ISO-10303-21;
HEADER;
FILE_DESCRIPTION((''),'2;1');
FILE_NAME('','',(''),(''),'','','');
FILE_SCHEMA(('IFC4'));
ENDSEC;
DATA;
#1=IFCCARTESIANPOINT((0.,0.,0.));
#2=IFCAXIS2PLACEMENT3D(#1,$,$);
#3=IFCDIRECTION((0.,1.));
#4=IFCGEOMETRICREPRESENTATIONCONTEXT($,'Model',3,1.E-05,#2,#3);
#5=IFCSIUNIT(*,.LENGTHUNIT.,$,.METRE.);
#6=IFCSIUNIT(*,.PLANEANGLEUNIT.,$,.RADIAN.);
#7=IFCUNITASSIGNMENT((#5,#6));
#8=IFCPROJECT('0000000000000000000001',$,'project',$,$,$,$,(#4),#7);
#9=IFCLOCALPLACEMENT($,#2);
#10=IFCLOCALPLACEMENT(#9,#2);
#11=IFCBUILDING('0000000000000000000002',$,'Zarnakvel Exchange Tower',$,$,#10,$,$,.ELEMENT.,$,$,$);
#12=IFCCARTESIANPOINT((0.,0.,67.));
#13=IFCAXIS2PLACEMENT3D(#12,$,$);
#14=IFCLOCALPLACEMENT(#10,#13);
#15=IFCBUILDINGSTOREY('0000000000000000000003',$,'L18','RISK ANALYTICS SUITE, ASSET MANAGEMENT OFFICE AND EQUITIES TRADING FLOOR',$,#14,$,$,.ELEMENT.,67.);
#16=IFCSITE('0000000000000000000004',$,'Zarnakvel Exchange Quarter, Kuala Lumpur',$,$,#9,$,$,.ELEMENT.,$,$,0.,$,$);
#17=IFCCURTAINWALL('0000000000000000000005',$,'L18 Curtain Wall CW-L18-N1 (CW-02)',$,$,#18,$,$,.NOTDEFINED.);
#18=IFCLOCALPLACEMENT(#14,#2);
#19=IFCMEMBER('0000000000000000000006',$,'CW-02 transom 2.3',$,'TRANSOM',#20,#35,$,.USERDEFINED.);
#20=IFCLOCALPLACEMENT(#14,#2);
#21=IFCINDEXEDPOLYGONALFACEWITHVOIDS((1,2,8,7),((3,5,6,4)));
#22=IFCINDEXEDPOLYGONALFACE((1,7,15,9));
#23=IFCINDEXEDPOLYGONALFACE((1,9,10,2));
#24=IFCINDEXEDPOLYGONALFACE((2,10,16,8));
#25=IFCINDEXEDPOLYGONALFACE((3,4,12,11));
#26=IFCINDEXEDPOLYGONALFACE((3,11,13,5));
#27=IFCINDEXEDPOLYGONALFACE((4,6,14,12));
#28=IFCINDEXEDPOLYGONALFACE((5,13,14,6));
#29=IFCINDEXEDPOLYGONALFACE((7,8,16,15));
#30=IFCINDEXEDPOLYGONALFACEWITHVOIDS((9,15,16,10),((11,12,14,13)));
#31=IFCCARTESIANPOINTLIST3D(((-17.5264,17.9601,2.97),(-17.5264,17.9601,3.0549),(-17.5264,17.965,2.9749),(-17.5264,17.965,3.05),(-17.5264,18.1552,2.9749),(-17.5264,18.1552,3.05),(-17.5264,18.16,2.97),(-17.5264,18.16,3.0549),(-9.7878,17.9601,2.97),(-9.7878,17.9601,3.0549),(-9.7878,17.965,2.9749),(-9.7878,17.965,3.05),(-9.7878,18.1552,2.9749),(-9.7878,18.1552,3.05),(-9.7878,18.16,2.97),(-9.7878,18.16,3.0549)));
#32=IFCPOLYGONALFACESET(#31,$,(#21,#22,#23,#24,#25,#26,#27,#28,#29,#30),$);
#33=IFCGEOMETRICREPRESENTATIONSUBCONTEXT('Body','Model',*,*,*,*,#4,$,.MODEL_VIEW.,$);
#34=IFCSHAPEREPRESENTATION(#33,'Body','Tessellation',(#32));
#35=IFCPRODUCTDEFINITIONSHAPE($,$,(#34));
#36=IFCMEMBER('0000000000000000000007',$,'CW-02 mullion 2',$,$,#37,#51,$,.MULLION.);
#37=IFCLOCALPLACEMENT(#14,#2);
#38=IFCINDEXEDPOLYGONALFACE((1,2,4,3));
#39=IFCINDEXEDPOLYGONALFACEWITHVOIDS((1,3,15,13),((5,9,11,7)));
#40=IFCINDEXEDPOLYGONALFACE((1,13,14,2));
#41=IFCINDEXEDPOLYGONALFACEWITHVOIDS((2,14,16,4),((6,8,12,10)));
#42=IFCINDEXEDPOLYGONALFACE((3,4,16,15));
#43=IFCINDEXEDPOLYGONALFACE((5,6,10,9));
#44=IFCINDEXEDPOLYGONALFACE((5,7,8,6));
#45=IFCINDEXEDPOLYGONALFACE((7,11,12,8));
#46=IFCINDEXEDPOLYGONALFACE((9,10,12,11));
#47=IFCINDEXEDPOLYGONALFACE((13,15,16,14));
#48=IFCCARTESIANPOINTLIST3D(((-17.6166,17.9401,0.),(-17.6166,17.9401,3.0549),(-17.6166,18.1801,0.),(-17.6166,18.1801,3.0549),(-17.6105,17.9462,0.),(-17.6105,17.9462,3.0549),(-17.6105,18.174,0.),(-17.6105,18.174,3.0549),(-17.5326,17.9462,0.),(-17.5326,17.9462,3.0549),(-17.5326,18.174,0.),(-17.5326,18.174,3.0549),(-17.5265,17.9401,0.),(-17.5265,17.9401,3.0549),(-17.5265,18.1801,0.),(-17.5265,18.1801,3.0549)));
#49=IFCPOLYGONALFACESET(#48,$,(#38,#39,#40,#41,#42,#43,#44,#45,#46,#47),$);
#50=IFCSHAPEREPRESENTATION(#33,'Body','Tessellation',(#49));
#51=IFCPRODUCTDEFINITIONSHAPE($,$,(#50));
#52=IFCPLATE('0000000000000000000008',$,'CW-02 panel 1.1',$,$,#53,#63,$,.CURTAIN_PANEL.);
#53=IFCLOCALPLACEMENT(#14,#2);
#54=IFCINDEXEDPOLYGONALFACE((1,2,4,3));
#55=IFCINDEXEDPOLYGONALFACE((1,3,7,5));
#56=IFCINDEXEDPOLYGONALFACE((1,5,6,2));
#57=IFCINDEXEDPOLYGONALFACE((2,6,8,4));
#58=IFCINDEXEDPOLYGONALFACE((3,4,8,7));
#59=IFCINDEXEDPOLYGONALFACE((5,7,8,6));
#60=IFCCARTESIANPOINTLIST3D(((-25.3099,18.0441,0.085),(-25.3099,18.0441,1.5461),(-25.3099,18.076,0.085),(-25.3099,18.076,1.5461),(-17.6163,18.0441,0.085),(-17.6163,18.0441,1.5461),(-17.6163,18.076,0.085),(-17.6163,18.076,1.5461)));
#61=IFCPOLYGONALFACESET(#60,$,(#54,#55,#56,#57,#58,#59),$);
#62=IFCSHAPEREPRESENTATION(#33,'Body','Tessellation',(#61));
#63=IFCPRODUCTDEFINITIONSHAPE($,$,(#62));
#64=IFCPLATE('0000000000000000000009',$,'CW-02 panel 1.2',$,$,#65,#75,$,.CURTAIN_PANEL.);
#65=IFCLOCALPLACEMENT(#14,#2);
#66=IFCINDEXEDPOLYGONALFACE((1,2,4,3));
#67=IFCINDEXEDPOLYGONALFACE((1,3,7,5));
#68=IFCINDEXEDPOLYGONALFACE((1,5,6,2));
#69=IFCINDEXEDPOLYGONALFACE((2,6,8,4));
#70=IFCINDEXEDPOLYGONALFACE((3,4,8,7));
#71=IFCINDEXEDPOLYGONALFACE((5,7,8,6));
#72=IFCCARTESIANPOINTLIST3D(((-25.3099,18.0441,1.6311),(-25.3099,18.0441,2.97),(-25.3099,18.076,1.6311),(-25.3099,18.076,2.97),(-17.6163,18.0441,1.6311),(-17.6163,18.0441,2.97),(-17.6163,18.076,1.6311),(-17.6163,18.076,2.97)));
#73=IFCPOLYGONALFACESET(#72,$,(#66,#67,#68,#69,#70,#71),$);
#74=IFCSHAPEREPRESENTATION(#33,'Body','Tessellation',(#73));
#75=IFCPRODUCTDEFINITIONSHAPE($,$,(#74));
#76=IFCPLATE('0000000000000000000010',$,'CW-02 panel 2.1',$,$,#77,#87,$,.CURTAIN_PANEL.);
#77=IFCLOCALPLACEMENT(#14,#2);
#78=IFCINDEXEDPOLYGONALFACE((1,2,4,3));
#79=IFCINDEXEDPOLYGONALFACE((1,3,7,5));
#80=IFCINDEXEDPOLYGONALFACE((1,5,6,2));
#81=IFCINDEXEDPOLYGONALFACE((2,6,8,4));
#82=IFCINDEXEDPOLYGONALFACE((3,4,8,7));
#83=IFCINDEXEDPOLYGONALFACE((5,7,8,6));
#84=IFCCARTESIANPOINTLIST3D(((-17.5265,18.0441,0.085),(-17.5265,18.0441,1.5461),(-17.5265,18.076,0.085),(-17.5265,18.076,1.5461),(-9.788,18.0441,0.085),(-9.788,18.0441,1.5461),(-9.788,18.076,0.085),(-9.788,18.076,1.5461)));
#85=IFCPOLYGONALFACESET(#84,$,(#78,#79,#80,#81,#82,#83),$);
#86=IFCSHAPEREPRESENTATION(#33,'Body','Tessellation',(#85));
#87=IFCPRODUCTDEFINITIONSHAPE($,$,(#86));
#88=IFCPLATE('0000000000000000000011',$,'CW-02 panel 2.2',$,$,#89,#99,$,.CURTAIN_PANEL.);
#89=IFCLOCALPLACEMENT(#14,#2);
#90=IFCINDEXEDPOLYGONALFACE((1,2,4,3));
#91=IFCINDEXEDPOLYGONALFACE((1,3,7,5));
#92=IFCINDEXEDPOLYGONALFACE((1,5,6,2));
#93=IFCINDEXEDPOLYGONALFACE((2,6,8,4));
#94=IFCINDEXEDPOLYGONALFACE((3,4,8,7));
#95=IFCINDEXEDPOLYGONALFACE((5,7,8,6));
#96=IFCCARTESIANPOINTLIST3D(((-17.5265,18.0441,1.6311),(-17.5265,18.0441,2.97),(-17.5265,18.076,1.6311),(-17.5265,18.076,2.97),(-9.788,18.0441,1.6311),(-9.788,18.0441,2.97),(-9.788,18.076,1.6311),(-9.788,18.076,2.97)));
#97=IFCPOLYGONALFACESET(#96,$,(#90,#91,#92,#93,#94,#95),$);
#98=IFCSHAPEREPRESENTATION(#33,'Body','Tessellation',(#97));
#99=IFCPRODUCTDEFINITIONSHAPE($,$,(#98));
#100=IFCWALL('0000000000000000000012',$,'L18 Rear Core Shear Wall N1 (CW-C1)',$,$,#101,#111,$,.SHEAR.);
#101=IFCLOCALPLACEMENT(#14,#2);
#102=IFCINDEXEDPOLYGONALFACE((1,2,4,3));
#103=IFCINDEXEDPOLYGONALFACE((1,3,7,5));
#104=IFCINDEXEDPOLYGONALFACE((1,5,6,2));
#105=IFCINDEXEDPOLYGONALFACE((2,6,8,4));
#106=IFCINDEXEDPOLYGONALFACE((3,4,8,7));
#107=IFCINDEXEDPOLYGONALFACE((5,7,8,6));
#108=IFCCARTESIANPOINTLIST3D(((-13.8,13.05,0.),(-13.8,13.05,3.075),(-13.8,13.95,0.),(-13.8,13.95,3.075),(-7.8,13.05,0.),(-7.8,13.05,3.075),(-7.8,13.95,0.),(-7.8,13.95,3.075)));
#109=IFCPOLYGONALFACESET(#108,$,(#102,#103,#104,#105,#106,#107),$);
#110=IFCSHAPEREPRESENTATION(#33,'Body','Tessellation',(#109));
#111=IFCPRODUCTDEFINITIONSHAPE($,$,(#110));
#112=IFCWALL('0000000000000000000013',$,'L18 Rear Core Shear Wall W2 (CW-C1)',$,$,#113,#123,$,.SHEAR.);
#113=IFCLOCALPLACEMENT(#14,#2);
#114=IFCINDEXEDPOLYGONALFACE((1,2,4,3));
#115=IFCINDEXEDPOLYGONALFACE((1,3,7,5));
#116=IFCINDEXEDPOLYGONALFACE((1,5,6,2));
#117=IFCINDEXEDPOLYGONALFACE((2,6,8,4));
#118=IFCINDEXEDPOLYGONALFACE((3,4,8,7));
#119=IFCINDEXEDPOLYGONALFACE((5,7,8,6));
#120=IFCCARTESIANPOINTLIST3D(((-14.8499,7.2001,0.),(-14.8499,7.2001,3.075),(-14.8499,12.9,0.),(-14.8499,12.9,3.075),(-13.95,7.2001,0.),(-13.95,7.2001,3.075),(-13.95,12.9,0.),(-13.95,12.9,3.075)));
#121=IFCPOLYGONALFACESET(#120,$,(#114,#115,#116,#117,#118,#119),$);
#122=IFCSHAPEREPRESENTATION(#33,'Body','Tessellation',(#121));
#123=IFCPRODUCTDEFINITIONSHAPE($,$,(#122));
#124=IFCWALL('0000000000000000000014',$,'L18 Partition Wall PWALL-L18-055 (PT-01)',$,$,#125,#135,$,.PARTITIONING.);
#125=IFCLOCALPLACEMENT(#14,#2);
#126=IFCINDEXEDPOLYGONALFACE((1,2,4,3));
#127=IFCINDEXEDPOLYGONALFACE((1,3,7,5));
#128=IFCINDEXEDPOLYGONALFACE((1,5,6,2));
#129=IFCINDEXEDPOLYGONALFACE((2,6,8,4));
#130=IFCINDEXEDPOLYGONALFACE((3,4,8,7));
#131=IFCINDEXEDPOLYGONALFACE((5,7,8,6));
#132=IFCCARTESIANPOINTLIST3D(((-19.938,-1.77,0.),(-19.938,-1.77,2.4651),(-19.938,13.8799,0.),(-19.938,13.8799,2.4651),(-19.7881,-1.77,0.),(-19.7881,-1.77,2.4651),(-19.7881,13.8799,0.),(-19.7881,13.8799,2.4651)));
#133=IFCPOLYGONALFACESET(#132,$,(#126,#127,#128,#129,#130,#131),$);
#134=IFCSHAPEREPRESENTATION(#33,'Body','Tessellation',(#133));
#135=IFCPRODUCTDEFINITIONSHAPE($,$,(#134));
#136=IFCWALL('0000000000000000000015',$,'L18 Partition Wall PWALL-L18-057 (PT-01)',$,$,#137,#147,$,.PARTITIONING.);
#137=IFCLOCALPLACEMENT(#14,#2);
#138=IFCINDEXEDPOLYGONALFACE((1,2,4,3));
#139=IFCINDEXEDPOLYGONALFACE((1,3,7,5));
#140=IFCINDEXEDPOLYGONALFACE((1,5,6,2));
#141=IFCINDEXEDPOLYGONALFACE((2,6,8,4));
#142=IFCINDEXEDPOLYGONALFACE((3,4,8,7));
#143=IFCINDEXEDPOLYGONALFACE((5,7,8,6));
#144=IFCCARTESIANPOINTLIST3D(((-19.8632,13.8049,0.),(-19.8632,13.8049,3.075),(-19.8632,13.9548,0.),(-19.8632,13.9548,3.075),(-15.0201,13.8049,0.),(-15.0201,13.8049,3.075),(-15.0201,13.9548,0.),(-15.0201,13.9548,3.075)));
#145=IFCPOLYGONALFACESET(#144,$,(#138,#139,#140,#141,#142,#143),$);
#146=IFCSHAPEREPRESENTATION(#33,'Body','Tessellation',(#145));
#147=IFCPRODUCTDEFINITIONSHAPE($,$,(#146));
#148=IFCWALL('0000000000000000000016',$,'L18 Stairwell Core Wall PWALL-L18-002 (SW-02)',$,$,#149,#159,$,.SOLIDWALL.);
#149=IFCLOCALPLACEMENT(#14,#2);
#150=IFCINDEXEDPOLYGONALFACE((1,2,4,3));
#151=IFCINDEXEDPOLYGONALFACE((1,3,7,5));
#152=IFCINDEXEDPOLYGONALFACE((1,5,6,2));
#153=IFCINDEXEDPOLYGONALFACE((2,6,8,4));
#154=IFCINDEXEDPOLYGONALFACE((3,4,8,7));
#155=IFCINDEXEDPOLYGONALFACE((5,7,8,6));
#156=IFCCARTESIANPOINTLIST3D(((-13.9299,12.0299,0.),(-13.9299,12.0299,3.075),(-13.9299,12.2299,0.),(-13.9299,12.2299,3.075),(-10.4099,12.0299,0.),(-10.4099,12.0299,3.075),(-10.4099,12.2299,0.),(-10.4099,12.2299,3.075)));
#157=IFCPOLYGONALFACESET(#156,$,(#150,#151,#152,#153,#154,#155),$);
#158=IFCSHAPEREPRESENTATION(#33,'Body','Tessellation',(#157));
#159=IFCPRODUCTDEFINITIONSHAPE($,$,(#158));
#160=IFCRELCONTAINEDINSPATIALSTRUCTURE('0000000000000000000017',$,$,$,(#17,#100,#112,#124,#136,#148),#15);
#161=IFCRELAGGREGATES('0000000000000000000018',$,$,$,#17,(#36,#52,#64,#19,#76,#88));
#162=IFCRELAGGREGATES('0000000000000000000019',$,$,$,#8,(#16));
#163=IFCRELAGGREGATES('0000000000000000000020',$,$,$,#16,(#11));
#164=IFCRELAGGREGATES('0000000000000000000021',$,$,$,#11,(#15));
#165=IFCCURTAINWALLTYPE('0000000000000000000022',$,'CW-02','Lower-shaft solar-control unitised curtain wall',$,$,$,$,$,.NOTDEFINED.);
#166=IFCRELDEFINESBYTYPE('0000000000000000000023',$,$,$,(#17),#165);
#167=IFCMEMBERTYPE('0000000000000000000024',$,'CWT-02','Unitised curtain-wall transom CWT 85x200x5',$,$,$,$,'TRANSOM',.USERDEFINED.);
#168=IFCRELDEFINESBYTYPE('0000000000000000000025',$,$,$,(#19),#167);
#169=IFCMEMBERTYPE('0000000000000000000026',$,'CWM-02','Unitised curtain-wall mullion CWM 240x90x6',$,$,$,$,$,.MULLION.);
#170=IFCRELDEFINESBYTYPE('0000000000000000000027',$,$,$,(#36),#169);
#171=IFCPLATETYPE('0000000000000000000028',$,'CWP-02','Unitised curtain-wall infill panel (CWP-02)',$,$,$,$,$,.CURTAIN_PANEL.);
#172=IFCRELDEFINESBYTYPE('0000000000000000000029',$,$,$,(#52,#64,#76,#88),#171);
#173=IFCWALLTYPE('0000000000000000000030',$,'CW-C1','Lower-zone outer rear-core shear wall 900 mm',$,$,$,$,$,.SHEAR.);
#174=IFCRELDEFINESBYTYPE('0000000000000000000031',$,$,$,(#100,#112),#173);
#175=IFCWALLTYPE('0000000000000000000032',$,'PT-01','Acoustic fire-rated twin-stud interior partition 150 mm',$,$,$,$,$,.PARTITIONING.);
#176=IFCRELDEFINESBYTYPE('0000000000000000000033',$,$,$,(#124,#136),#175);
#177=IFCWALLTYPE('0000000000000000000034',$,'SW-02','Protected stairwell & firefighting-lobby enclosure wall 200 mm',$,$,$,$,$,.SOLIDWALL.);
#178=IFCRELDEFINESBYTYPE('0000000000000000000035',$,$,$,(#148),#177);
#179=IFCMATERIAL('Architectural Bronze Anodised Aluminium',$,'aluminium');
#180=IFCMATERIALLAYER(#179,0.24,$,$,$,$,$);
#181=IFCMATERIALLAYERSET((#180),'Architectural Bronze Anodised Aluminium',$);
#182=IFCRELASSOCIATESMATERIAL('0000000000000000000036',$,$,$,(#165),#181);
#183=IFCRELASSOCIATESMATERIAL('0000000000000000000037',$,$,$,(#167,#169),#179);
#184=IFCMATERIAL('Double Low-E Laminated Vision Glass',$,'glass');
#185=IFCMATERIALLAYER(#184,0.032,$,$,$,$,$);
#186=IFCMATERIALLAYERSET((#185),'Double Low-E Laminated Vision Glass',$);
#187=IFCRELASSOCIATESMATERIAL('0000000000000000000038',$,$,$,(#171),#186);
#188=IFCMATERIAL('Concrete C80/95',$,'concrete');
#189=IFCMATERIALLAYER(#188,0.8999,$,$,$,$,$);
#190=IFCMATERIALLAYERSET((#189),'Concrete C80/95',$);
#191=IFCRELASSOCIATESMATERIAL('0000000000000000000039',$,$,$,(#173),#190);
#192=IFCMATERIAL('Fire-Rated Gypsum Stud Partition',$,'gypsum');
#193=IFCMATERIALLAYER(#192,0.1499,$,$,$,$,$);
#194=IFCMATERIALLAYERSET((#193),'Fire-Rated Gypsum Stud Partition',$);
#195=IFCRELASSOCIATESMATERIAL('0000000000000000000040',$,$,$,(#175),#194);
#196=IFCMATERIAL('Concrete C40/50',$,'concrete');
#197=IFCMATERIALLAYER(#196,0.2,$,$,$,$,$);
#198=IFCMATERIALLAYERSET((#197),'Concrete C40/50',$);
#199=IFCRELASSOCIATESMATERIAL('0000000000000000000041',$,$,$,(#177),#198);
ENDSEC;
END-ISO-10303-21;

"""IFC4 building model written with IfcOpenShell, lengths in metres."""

from ifc_helpers import new_model, si_unit, direction, frame, frame_2d, origin, origin_2d, place, context, subcontext, project, spatial, rectangle, hollow_rectangle, extrude, source, transform, mapped, material, layer, layer_set, material_profile, profile_set, type_object, element, aggregate, save


model = new_model("IFC4")

# Units and contexts
model_context = context("Model", 3, precision=1e-05, world=origin(), true_north=direction((0.0, 1.0)))
body_context = subcontext(model_context, "Body", "Model", "MODEL_VIEW")
ifc_project = project(units=[si_unit("LENGTHUNIT", "METRE"), si_unit("PLANEANGLEUNIT", "RADIAN")], contexts=[model_context])

# Site, building, storey
site_placement = place(None, origin())
site = spatial("IfcSite", under=ifc_project, at=site_placement, Name="Zarnakvel Exchange Quarter, Kuala Lumpur", CompositionType="ELEMENT", RefElevation=0.0)
building_placement = place(site_placement, origin())
building = spatial("IfcBuilding", under=site, at=building_placement, Name="Zarnakvel Exchange Tower", CompositionType="ELEMENT")
storey_placement = place(building_placement, frame((0.0, 0.0, 67.0)))
storey = spatial("IfcBuildingStorey", under=building, at=storey_placement, Name="L18", Description="RISK ANALYTICS SUITE, ASSET MANAGEMENT OFFICE AND EQUITIES TRADING FLOOR", CompositionType="ELEMENT", Elevation=67.0)

# Shared definitions
ifc_material_1 = material(Name="Concrete C80/95", Category="concrete")

# Curtain wall, members, plates
ifc_material_2 = material(Name="Architectural Bronze Anodised Aluminium", Category="aluminium")
ifc_layer_1 = layer(ifc_material_2, 0.24)
ifc_layer_set_1 = layer_set([ifc_layer_1], Name="Architectural Bronze Anodised Aluminium")
curtain_wall_type = type_object("IfcCurtainWallType", Name="CW-02", Description="Lower-shaft solar-control unitised curtain wall", PredefinedType="NOTDEFINED", material=ifc_layer_set_1)
curtain_wall_placement = place(storey_placement, origin())
curtain_wall = element("IfcCurtainWall", 1, at=curtain_wall_placement, inside=storey, type_object=curtain_wall_type, Name="L18 Curtain Wall CW-L18-N1 (CW-02)", PredefinedType="NOTDEFINED")
ifc_material_profile_1 = material_profile(ifc_material_2, hollow_rectangle(XDim=0.2, YDim=0.085, WallThickness=0.0049, at=origin_2d()))
ifc_profile_set_1 = profile_set([ifc_material_profile_1], Name="Architectural Bronze Anodised Aluminium")
member_type_1 = type_object("IfcMemberType", Name="CWT-02", Description="Unitised curtain-wall transom CWT 85x200x5", ElementType="TRANSOM", PredefinedType="USERDEFINED", material=ifc_profile_set_1)
shared_shape_1 = source(origin(), body_context, "Body", "SweptSolid", [
    extrude(hollow_rectangle(XDim=0.2, YDim=0.085, WallThickness=0.0049, at=origin_2d()), origin(), (0.0, 0.0, 1.0), 7.7385),
])
member_1_placement = place(storey_placement, frame((-17.5264, 18.0601, 3.0125), z_axis=(1.0, 0.0, 0.0), x_axis=(0.0, 1.0, 0.0)))
member_1 = element("IfcMember", 2, at=member_1_placement, type_object=member_type_1, Name="CW-02 transom 2.3", ObjectType="TRANSOM", PredefinedType="USERDEFINED", context=body_context, shape_type="MappedRepresentation", body=[
    mapped(shared_shape_1, transform((0.0, 0.0, 0.0), x_axis=(1.0, 0.0, 0.0), y_axis=(0.0, 1.0, 0.0), z_axis=(0.0, 0.0, 1.0), scale=1.0)),
])
ifc_material_profile_2 = material_profile(ifc_material_2, hollow_rectangle(XDim=0.24, YDim=0.0901, WallThickness=0.0061, at=origin_2d()))
ifc_profile_set_2 = profile_set([ifc_material_profile_2], Name="Architectural Bronze Anodised Aluminium")
member_type_2 = type_object("IfcMemberType", Name="CWM-02", Description="Unitised curtain-wall mullion CWM 240x90x6", PredefinedType="MULLION", material=ifc_profile_set_2)
shared_shape_2 = source(origin(), body_context, "Body", "SweptSolid", [
    extrude(hollow_rectangle(XDim=0.24, YDim=0.0901, WallThickness=0.0061, at=origin_2d()), origin(), (0.0, 0.0, 1.0), 3.0549),
])
member_2_placement = place(storey_placement, frame((-17.5715, 18.0601, 0.0), z_axis=(0.0, 0.0, 1.0), x_axis=(0.0, 1.0, 0.0)))
member_2 = element("IfcMember", 3, at=member_2_placement, type_object=member_type_2, Name="CW-02 mullion 2", PredefinedType="MULLION", context=body_context, shape_type="MappedRepresentation", body=[
    mapped(shared_shape_2, transform((0.0, 0.0, 0.0), x_axis=(1.0, 0.0, 0.0), y_axis=(0.0, 1.0, 0.0), z_axis=(0.0, 0.0, 1.0), scale=1.0)),
])
ifc_material_3 = material(Name="Double Low-E Laminated Vision Glass", Category="glass")
ifc_layer_2 = layer(ifc_material_3, 0.032)
ifc_layer_set_2 = layer_set([ifc_layer_2], Name="Double Low-E Laminated Vision Glass")
plate_type = type_object("IfcPlateType", Name="CWP-02", Description="Unitised curtain-wall infill panel (CWP-02)", PredefinedType="CURTAIN_PANEL", material=ifc_layer_set_2)
shared_shape_3 = source(origin(), body_context, "Body", "SweptSolid", [
    extrude(rectangle(XDim=7.6936, YDim=0.032, at=origin_2d()), origin(), (0.0, 0.0, 1.0), 1.4612),
])
plate_1_placement = place(storey_placement, frame((-21.4631, 18.0601, 0.085), z_axis=(0.0, 0.0, 1.0), x_axis=(1.0, 0.0, 0.0)))
plate_1 = element("IfcPlate", 4, at=plate_1_placement, type_object=plate_type, Name="CW-02 panel 1.1", PredefinedType="CURTAIN_PANEL", context=body_context, shape_type="MappedRepresentation", body=[
    mapped(shared_shape_3, transform((0.0, 0.0, 0.0), x_axis=(1.0, 0.0, 0.0), y_axis=(0.0, 1.0, 0.0), z_axis=(0.0, 0.0, 1.0), scale=1.0)),
])
shared_shape_4 = source(origin(), body_context, "Body", "SweptSolid", [
    extrude(rectangle(XDim=7.6936, YDim=0.032, at=origin_2d()), origin(), (0.0, 0.0, 1.0), 1.3389),
])
plate_2_placement = place(storey_placement, frame((-21.4631, 18.0601, 1.6311), z_axis=(0.0, 0.0, 1.0), x_axis=(1.0, 0.0, 0.0)))
plate_2 = element("IfcPlate", 5, at=plate_2_placement, type_object=plate_type, Name="CW-02 panel 1.2", PredefinedType="CURTAIN_PANEL", context=body_context, shape_type="MappedRepresentation", body=[
    mapped(shared_shape_4, transform((0.0, 0.0, 0.0), x_axis=(1.0, 0.0, 0.0), y_axis=(0.0, 1.0, 0.0), z_axis=(0.0, 0.0, 1.0), scale=1.0)),
])
shared_shape_5 = source(origin(), body_context, "Body", "SweptSolid", [
    extrude(rectangle(XDim=7.7385, YDim=0.032, at=origin_2d()), origin(), (0.0, 0.0, 1.0), 1.4612),
])
plate_3_placement = place(storey_placement, frame((-13.6572, 18.0601, 0.085), z_axis=(0.0, 0.0, 1.0), x_axis=(1.0, 0.0, 0.0)))
plate_3 = element("IfcPlate", 6, at=plate_3_placement, type_object=plate_type, Name="CW-02 panel 2.1", PredefinedType="CURTAIN_PANEL", context=body_context, shape_type="MappedRepresentation", body=[
    mapped(shared_shape_5, transform((0.0, 0.0, 0.0), x_axis=(1.0, 0.0, 0.0), y_axis=(0.0, 1.0, 0.0), z_axis=(0.0, 0.0, 1.0), scale=1.0)),
])
shared_shape_6 = source(origin(), body_context, "Body", "SweptSolid", [
    extrude(rectangle(XDim=7.7385, YDim=0.032, at=origin_2d()), origin(), (0.0, 0.0, 1.0), 1.3389),
])
plate_4_placement = place(storey_placement, frame((-13.6572, 18.0601, 1.6311), z_axis=(0.0, 0.0, 1.0), x_axis=(1.0, 0.0, 0.0)))
plate_4 = element("IfcPlate", 7, at=plate_4_placement, type_object=plate_type, Name="CW-02 panel 2.2", PredefinedType="CURTAIN_PANEL", context=body_context, shape_type="MappedRepresentation", body=[
    mapped(shared_shape_6, transform((0.0, 0.0, 0.0), x_axis=(1.0, 0.0, 0.0), y_axis=(0.0, 1.0, 0.0), z_axis=(0.0, 0.0, 1.0), scale=1.0)),
])
aggregate(curtain_wall, [member_2, plate_1, plate_2, member_1, plate_3, plate_4])

# Walls
ifc_layer_3 = layer(ifc_material_1, 0.8999)
ifc_layer_set_3 = layer_set([ifc_layer_3], Name="Concrete C80/95")
wall_type_1 = type_object("IfcWallType", Name="CW-C1", Description="Lower-zone outer rear-core shear wall 900 mm", PredefinedType="SHEAR", material=ifc_layer_set_3)
wall_1_placement = place(storey_placement, frame((-13.8, 13.5, 0.0), z_axis=(0.0, 0.0, 1.0), x_axis=(1.0, 0.0, 0.0)))
element("IfcWall", 8, at=wall_1_placement, inside=storey, type_object=wall_type_1, Name="L18 Rear Core Shear Wall N1 (CW-C1)", PredefinedType="SHEAR", context=body_context, shape_type="SweptSolid", body=[
    extrude(rectangle(XDim=6.0, YDim=0.8999, at=frame_2d((3.0, 0.0))), origin(), (0.0, 0.0, 1.0), 3.075),
])
wall_2_placement = place(storey_placement, frame((-14.3999, 7.2, 0.0), z_axis=(0.0, 0.0, 1.0), x_axis=(0.0, 1.0, 0.0)))
element("IfcWall", 9, at=wall_2_placement, inside=storey, type_object=wall_type_1, Name="L18 Rear Core Shear Wall W2 (CW-C1)", PredefinedType="SHEAR", context=body_context, shape_type="SweptSolid", body=[
    extrude(rectangle(XDim=5.7, YDim=0.8999, at=frame_2d((2.8501, 0.0))), origin(), (0.0, 0.0, 1.0), 3.075),
])
ifc_material_4 = material(Name="Fire-Rated Gypsum Stud Partition", Category="gypsum")
ifc_layer_4 = layer(ifc_material_4, 0.1499)
ifc_layer_set_4 = layer_set([ifc_layer_4], Name="Fire-Rated Gypsum Stud Partition")
wall_type_2 = type_object("IfcWallType", Name="PT-01", Description="Acoustic fire-rated twin-stud interior partition 150 mm", PredefinedType="PARTITIONING", material=ifc_layer_set_4)
wall_3_placement = place(storey_placement, frame((-19.863, 13.8799, 0.0), z_axis=(0.0, 0.0, 1.0), x_axis=(0.0, -1.0, 0.0)))
element("IfcWall", 10, at=wall_3_placement, inside=storey, type_object=wall_type_2, Name="L18 Partition Wall PWALL-L18-055 (PT-01)", PredefinedType="PARTITIONING", context=body_context, shape_type="SweptSolid", body=[
    extrude(rectangle(XDim=15.6499, YDim=0.1499, at=frame_2d((7.825, 0.0))), origin(), (0.0, 0.0, 1.0), 2.4651),
])
wall_4_placement = place(storey_placement, frame((-19.863, 13.8799, 0.0), z_axis=(0.0, 0.0, 1.0), x_axis=(1.0, 0.0, 0.0)))
element("IfcWall", 11, at=wall_4_placement, inside=storey, type_object=wall_type_2, Name="L18 Partition Wall PWALL-L18-057 (PT-01)", PredefinedType="PARTITIONING", context=body_context, shape_type="SweptSolid", body=[
    extrude(rectangle(XDim=4.843, YDim=0.1499, at=frame_2d((2.4214, 0.0))), origin(), (0.0, 0.0, 1.0), 3.075),
])
ifc_material_5 = material(Name="Concrete C40/50", Category="concrete")
ifc_layer_5 = layer(ifc_material_5, 0.2)
ifc_layer_set_5 = layer_set([ifc_layer_5], Name="Concrete C40/50")
wall_type_3 = type_object("IfcWallType", Name="SW-02", Description="Protected stairwell & firefighting-lobby enclosure wall 200 mm", PredefinedType="SOLIDWALL", material=ifc_layer_set_5)
wall_5_placement = place(storey_placement, frame((-13.9299, 12.1299, 0.0), z_axis=(0.0, 0.0, 1.0), x_axis=(1.0, 0.0, 0.0)))
element("IfcWall", 12, at=wall_5_placement, inside=storey, type_object=wall_type_3, Name="L18 Stairwell Core Wall PWALL-L18-002 (SW-02)", PredefinedType="SOLIDWALL", context=body_context, shape_type="SweptSolid", body=[
    extrude(rectangle(XDim=3.52, YDim=0.2, at=frame_2d((1.76, 0.0))), origin(), (0.0, 0.0, 1.0), 3.075),
])

save(model, "model.ifc")
